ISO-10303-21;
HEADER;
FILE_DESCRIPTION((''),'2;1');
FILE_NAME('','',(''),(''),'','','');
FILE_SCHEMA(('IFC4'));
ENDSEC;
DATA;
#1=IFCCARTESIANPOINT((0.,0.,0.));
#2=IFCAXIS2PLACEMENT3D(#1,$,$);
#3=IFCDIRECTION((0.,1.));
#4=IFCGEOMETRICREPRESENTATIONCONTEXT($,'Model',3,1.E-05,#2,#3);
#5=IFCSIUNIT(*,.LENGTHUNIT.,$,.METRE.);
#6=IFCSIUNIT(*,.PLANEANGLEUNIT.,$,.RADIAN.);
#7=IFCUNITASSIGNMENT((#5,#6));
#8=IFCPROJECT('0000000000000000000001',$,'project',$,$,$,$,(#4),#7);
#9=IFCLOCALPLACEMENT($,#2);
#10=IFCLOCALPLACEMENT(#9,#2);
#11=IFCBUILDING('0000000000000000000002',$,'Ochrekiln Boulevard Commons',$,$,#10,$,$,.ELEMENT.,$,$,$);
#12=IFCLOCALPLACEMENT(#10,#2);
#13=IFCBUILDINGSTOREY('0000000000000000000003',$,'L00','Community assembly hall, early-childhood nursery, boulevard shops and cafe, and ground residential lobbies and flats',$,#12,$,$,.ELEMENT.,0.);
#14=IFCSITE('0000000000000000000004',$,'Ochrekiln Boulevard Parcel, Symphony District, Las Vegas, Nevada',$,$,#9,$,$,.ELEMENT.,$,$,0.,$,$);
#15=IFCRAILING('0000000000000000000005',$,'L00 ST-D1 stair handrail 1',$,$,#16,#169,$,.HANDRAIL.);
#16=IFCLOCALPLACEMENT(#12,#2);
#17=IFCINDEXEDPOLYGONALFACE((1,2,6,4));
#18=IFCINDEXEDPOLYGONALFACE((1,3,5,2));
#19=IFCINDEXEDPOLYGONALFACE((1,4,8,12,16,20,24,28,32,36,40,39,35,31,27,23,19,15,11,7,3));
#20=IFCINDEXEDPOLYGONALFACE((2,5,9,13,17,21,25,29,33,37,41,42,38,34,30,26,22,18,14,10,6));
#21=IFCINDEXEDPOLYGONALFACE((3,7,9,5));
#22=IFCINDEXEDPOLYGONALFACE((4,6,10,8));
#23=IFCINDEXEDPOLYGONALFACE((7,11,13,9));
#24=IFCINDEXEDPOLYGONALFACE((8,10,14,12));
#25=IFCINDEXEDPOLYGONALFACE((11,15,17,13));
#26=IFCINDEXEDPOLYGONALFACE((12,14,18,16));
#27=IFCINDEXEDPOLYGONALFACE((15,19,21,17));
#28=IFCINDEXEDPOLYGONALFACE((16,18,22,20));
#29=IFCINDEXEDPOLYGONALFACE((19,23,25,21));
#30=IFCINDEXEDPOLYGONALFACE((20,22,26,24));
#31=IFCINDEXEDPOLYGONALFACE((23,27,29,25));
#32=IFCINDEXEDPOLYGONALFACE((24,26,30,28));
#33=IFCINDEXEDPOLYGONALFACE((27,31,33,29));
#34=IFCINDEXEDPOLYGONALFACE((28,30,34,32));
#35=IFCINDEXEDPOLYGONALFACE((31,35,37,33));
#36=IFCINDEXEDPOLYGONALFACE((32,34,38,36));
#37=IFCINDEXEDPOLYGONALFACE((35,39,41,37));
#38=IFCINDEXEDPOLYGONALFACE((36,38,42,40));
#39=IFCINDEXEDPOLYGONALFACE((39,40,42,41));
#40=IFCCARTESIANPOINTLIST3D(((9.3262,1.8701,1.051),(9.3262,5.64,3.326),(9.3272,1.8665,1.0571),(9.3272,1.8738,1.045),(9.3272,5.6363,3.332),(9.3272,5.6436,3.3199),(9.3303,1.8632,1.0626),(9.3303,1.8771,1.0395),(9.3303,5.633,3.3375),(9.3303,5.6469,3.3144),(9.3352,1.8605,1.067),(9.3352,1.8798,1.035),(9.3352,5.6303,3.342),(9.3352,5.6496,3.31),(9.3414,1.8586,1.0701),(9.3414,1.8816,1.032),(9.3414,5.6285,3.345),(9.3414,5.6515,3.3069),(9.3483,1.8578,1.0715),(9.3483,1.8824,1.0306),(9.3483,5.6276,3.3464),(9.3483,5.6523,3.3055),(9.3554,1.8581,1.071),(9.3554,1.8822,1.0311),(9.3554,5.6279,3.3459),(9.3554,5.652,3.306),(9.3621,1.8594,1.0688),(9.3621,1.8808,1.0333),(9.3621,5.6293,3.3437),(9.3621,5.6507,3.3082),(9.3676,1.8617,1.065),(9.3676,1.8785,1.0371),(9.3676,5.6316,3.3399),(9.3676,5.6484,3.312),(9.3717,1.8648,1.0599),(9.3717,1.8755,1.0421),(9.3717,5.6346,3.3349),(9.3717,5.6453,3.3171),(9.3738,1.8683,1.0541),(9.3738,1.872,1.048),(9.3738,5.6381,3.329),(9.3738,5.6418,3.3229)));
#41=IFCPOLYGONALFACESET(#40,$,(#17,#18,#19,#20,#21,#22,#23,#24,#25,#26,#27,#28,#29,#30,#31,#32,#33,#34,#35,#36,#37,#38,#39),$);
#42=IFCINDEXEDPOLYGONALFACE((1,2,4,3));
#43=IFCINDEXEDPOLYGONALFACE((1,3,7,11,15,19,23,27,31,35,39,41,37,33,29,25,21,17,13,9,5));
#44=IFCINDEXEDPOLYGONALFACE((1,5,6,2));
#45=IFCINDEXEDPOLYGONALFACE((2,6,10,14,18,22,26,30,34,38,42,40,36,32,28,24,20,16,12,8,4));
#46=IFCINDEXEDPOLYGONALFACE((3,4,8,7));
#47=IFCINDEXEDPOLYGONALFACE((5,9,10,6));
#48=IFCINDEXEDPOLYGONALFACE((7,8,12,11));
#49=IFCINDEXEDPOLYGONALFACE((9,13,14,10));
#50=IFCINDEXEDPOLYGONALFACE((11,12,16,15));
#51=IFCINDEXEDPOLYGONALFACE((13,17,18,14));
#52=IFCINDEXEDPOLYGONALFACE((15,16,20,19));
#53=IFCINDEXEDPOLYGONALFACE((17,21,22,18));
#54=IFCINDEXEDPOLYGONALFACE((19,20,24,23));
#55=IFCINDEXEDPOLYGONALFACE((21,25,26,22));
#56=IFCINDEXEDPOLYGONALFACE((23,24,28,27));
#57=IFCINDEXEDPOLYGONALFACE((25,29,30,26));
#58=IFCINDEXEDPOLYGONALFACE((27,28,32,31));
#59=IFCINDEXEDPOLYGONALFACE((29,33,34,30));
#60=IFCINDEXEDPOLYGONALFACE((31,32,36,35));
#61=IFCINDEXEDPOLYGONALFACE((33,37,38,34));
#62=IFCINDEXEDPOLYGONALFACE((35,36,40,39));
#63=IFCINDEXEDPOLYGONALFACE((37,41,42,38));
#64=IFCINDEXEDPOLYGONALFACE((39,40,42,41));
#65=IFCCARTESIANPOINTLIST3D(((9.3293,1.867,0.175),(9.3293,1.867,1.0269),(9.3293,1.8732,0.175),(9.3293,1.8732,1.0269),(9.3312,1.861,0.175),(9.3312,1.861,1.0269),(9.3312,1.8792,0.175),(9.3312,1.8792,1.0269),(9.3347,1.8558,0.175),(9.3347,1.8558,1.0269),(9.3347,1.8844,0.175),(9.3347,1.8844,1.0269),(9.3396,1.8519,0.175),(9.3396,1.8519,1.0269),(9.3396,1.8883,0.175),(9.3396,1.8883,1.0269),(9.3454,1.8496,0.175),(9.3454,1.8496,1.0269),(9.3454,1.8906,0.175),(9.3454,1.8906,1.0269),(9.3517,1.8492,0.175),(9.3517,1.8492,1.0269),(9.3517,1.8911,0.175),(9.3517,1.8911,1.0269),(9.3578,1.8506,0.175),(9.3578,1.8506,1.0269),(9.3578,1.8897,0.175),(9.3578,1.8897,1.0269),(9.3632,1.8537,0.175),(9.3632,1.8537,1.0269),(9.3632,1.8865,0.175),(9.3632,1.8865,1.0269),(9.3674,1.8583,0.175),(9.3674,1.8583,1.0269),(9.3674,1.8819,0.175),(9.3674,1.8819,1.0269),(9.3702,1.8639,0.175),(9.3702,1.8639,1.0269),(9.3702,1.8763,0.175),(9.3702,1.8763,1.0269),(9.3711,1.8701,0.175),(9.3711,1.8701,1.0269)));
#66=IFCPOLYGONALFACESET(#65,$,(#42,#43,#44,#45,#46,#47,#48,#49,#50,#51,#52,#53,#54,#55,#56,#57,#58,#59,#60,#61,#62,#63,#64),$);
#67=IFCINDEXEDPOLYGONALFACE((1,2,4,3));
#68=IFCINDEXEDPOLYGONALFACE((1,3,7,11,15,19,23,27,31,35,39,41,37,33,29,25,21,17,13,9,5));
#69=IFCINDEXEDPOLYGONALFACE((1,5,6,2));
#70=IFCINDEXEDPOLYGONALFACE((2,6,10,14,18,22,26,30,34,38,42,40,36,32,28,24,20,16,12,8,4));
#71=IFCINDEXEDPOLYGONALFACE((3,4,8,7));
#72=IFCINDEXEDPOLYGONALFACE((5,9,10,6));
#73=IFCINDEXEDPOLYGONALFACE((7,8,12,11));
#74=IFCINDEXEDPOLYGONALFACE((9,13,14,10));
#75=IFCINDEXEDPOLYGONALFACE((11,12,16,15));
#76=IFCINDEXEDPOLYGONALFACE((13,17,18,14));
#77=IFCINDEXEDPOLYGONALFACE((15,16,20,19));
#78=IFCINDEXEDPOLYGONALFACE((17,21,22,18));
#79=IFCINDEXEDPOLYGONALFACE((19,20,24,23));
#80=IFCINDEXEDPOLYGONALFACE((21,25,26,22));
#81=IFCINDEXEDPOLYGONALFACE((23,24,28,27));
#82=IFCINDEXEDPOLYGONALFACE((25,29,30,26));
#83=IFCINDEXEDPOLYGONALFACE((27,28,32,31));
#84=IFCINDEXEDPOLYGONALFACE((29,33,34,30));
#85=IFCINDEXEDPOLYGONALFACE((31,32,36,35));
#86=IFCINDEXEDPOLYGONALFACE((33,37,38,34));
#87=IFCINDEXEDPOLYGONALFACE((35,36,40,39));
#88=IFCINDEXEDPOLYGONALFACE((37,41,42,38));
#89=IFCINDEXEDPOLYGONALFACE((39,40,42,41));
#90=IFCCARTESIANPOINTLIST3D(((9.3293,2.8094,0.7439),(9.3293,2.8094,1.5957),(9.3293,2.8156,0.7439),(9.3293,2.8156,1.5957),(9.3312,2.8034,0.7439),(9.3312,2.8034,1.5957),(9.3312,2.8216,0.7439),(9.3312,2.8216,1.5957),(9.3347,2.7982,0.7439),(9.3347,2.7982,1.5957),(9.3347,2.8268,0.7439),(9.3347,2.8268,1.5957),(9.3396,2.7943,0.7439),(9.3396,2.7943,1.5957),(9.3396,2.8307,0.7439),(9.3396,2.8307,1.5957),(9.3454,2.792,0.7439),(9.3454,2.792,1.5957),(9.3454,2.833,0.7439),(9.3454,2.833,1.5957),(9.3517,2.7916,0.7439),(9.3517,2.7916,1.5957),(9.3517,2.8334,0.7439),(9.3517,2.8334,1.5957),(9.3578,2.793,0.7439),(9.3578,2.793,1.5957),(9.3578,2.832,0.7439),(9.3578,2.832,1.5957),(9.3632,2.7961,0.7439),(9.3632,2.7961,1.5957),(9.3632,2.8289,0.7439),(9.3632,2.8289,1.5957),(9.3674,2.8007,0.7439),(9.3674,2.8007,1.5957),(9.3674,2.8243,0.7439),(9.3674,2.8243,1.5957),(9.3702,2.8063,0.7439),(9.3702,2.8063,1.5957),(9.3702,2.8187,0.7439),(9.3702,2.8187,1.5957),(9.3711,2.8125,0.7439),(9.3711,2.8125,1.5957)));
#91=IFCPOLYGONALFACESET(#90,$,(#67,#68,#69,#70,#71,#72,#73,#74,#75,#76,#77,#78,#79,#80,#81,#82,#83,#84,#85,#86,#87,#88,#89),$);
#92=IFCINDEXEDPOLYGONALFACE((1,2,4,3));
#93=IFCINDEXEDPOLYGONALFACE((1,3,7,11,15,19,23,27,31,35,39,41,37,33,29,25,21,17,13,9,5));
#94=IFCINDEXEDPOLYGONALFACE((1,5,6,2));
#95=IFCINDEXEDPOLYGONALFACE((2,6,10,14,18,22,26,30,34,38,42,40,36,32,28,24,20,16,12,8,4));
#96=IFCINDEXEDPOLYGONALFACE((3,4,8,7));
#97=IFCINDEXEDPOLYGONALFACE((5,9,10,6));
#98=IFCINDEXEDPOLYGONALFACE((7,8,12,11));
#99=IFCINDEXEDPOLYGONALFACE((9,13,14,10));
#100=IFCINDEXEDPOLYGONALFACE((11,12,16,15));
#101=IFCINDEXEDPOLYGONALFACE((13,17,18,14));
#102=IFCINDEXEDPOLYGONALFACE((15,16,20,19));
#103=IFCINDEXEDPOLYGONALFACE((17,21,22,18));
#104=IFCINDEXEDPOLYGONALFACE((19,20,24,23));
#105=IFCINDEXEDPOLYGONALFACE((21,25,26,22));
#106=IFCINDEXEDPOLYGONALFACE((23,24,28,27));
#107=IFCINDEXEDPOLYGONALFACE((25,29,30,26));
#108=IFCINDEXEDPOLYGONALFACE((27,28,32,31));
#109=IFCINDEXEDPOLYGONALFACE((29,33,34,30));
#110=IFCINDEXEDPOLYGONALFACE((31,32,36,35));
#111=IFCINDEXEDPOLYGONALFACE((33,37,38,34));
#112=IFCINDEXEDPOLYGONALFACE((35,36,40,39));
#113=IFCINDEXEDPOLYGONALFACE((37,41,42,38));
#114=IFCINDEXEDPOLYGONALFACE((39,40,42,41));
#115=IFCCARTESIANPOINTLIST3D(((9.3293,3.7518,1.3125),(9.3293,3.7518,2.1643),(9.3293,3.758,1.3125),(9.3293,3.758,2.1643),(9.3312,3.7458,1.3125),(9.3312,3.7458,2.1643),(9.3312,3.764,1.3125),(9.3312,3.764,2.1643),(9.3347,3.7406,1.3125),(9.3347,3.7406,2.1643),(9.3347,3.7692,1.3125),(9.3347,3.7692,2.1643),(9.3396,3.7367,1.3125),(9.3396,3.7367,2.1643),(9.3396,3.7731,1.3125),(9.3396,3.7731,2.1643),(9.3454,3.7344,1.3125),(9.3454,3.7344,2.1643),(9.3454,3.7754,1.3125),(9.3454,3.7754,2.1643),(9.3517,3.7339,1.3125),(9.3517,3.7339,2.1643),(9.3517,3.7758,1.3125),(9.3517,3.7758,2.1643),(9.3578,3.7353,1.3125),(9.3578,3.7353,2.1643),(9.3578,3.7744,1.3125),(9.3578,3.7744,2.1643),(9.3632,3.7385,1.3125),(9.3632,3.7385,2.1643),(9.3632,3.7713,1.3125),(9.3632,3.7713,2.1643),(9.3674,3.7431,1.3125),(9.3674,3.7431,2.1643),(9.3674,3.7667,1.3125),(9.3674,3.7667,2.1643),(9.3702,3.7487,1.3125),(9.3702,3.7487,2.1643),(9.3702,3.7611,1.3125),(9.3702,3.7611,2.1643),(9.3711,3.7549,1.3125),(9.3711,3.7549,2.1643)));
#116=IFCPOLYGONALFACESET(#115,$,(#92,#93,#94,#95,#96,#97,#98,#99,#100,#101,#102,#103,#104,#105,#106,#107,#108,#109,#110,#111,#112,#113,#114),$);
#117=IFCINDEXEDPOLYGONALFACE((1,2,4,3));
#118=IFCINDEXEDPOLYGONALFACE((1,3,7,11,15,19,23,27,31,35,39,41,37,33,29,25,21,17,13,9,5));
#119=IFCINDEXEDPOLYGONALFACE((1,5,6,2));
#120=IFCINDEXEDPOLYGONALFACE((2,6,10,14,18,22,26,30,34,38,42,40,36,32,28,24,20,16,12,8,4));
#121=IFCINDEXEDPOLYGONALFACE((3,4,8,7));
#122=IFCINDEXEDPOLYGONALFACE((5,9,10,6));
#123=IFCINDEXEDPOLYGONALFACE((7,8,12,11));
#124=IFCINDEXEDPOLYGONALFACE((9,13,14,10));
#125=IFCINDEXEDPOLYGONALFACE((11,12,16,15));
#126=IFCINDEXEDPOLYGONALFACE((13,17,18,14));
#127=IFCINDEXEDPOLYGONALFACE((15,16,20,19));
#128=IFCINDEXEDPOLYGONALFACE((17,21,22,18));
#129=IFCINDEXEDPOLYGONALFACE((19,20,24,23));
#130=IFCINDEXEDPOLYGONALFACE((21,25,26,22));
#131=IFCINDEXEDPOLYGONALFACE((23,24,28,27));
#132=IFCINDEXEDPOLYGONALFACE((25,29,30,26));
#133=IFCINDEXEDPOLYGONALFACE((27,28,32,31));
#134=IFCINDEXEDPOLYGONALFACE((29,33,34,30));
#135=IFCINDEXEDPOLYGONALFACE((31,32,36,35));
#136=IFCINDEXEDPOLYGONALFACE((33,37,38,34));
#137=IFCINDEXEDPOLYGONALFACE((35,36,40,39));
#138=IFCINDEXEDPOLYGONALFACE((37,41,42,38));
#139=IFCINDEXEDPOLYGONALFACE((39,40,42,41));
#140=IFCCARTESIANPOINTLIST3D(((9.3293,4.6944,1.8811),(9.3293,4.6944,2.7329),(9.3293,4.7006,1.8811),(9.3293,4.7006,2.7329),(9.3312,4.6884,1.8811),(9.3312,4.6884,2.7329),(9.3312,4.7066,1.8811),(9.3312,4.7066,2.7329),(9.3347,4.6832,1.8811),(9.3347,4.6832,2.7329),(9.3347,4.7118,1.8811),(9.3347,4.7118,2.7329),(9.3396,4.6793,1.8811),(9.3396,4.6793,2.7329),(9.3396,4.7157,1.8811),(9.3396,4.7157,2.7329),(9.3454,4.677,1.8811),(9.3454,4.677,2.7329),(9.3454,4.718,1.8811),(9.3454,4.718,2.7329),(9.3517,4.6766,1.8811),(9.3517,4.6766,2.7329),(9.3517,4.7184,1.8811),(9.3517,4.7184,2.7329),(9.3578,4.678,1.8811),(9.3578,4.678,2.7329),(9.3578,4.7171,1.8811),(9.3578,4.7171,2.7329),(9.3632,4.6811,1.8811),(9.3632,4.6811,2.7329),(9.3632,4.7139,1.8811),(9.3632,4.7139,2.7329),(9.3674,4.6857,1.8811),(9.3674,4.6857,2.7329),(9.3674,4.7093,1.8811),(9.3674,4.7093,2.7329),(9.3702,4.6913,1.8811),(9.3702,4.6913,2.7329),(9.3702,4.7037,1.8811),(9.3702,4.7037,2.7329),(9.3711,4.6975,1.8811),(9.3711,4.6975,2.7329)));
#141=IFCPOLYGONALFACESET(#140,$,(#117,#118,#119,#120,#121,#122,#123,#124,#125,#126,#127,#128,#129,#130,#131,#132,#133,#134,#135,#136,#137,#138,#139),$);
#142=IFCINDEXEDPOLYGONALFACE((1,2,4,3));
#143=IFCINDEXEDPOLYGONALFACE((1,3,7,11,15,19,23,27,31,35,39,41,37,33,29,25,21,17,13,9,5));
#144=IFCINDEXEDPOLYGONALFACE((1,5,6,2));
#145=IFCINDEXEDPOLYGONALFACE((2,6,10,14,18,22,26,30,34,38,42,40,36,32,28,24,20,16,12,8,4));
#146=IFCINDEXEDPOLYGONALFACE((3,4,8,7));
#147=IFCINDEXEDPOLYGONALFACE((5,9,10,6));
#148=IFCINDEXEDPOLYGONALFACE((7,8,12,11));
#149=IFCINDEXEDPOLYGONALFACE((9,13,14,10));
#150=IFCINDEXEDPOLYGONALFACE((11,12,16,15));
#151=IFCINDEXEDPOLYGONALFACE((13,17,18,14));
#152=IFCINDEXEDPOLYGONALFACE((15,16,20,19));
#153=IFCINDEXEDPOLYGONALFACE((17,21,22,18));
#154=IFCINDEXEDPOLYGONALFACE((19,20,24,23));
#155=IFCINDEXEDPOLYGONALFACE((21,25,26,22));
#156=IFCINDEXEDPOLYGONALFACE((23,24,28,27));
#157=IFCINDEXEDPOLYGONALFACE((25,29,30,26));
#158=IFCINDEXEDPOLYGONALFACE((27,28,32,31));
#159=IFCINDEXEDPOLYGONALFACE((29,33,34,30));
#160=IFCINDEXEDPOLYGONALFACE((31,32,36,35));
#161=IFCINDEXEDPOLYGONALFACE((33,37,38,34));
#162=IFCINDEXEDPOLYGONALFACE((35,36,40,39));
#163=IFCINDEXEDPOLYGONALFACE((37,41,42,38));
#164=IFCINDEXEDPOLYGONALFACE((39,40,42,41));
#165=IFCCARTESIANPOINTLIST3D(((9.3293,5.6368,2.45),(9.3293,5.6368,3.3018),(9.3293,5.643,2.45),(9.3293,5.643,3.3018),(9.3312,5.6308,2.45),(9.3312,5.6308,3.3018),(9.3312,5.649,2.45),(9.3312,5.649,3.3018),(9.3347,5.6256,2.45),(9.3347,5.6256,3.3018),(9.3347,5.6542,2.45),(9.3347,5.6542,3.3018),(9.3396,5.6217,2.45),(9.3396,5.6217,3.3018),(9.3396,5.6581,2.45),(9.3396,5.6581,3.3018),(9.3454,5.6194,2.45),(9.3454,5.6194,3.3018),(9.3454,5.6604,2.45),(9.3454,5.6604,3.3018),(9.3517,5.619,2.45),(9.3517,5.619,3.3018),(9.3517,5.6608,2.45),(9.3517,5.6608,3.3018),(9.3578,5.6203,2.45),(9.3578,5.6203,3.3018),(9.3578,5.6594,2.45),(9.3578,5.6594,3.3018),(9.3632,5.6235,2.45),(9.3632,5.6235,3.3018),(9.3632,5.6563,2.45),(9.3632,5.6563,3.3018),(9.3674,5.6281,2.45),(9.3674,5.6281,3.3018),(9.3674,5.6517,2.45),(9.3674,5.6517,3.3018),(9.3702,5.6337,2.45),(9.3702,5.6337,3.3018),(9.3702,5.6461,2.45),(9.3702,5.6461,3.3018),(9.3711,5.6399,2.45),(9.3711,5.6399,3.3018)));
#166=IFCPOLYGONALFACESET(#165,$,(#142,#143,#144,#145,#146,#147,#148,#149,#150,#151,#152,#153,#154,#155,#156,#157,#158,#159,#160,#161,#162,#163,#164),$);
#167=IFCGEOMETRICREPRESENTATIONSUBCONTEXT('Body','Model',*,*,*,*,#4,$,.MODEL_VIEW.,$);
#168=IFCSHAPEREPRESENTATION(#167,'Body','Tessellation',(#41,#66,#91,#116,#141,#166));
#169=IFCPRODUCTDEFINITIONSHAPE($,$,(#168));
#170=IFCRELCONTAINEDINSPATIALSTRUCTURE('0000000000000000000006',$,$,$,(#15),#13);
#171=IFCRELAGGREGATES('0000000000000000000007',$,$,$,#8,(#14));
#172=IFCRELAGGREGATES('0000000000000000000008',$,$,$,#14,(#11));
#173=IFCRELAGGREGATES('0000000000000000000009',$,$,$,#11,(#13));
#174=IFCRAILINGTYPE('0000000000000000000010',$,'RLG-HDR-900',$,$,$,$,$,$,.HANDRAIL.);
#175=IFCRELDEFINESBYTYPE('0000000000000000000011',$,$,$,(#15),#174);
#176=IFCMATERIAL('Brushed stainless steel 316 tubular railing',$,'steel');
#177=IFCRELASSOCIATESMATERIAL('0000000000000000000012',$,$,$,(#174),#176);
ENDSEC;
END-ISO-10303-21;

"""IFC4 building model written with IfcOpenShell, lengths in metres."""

from ifc_helpers import new_model, si_unit, direction, frame, origin, origin_2d, place, context, subcontext, project, spatial, circle, extrude, material, type_object, element, save


model = new_model("IFC4")

# Units and contexts
model_context = context("Model", 3, precision=1e-05, world=origin(), true_north=direction((0.0, 1.0)))
body_context = subcontext(model_context, "Body", "Model", "MODEL_VIEW")
ifc_project = project(units=[si_unit("LENGTHUNIT", "METRE"), si_unit("PLANEANGLEUNIT", "RADIAN")], contexts=[model_context])

# Site, building, storey
site_placement = place(None, origin())
site = spatial("IfcSite", under=ifc_project, at=site_placement, Name="Ochrekiln Boulevard Parcel, Symphony District, Las Vegas, Nevada", CompositionType="ELEMENT", RefElevation=0.0)
building_placement = place(site_placement, origin())
building = spatial("IfcBuilding", under=site, at=building_placement, Name="Ochrekiln Boulevard Commons", CompositionType="ELEMENT")
storey_placement = place(building_placement, origin())
storey = spatial("IfcBuildingStorey", under=building, at=storey_placement, Name="L00", Description="Community assembly hall, early-childhood nursery, boulevard shops and cafe, and ground residential lobbies and flats", CompositionType="ELEMENT", Elevation=0.0)

# Railing
ifc_material_1 = material(Name="Brushed stainless steel 316 tubular railing", Category="steel")
railing_type_1 = type_object("IfcRailingType", Name="RLG-HDR-900", PredefinedType="HANDRAIL", material=ifc_material_1)
railing_1_placement = place(storey_placement, frame((9.3501, 1.8701, 0.175)))
element("IfcRailing", 1, at=railing_1_placement, inside=storey, type_object=railing_type_1, Name="L00 ST-D1 stair handrail 1", PredefinedType="HANDRAIL", context=body_context, shape_type="SweptSolid", body=[
    extrude(circle(Radius=0.0239, at=origin_2d()), frame((0.0, 0.0, 0.876), z_axis=(0.0, 0.856184, 0.516671), x_axis=(-1.0, 0.0, 0.0)), (0.0, 0.0, 1.0), 4.4031),
    extrude(circle(Radius=0.021, at=origin_2d()), origin(), (0.0, 0.0, 1.0), 0.8518),
    extrude(circle(Radius=0.021, at=origin_2d()), frame((0.0, 0.9424, 0.5688)), (0.0, 0.0, 1.0), 0.8518),
    extrude(circle(Radius=0.021, at=origin_2d()), frame((0.0, 1.8848, 1.1375)), (0.0, 0.0, 1.0), 0.8518),
    extrude(circle(Radius=0.021, at=origin_2d()), frame((0.0, 2.8274, 1.7061)), (0.0, 0.0, 1.0), 0.8518),
    extrude(circle(Radius=0.021, at=origin_2d()), frame((0.0, 3.7698, 2.2749)), (0.0, 0.0, 1.0), 0.8518),
])

save(model, "model.ifc")
